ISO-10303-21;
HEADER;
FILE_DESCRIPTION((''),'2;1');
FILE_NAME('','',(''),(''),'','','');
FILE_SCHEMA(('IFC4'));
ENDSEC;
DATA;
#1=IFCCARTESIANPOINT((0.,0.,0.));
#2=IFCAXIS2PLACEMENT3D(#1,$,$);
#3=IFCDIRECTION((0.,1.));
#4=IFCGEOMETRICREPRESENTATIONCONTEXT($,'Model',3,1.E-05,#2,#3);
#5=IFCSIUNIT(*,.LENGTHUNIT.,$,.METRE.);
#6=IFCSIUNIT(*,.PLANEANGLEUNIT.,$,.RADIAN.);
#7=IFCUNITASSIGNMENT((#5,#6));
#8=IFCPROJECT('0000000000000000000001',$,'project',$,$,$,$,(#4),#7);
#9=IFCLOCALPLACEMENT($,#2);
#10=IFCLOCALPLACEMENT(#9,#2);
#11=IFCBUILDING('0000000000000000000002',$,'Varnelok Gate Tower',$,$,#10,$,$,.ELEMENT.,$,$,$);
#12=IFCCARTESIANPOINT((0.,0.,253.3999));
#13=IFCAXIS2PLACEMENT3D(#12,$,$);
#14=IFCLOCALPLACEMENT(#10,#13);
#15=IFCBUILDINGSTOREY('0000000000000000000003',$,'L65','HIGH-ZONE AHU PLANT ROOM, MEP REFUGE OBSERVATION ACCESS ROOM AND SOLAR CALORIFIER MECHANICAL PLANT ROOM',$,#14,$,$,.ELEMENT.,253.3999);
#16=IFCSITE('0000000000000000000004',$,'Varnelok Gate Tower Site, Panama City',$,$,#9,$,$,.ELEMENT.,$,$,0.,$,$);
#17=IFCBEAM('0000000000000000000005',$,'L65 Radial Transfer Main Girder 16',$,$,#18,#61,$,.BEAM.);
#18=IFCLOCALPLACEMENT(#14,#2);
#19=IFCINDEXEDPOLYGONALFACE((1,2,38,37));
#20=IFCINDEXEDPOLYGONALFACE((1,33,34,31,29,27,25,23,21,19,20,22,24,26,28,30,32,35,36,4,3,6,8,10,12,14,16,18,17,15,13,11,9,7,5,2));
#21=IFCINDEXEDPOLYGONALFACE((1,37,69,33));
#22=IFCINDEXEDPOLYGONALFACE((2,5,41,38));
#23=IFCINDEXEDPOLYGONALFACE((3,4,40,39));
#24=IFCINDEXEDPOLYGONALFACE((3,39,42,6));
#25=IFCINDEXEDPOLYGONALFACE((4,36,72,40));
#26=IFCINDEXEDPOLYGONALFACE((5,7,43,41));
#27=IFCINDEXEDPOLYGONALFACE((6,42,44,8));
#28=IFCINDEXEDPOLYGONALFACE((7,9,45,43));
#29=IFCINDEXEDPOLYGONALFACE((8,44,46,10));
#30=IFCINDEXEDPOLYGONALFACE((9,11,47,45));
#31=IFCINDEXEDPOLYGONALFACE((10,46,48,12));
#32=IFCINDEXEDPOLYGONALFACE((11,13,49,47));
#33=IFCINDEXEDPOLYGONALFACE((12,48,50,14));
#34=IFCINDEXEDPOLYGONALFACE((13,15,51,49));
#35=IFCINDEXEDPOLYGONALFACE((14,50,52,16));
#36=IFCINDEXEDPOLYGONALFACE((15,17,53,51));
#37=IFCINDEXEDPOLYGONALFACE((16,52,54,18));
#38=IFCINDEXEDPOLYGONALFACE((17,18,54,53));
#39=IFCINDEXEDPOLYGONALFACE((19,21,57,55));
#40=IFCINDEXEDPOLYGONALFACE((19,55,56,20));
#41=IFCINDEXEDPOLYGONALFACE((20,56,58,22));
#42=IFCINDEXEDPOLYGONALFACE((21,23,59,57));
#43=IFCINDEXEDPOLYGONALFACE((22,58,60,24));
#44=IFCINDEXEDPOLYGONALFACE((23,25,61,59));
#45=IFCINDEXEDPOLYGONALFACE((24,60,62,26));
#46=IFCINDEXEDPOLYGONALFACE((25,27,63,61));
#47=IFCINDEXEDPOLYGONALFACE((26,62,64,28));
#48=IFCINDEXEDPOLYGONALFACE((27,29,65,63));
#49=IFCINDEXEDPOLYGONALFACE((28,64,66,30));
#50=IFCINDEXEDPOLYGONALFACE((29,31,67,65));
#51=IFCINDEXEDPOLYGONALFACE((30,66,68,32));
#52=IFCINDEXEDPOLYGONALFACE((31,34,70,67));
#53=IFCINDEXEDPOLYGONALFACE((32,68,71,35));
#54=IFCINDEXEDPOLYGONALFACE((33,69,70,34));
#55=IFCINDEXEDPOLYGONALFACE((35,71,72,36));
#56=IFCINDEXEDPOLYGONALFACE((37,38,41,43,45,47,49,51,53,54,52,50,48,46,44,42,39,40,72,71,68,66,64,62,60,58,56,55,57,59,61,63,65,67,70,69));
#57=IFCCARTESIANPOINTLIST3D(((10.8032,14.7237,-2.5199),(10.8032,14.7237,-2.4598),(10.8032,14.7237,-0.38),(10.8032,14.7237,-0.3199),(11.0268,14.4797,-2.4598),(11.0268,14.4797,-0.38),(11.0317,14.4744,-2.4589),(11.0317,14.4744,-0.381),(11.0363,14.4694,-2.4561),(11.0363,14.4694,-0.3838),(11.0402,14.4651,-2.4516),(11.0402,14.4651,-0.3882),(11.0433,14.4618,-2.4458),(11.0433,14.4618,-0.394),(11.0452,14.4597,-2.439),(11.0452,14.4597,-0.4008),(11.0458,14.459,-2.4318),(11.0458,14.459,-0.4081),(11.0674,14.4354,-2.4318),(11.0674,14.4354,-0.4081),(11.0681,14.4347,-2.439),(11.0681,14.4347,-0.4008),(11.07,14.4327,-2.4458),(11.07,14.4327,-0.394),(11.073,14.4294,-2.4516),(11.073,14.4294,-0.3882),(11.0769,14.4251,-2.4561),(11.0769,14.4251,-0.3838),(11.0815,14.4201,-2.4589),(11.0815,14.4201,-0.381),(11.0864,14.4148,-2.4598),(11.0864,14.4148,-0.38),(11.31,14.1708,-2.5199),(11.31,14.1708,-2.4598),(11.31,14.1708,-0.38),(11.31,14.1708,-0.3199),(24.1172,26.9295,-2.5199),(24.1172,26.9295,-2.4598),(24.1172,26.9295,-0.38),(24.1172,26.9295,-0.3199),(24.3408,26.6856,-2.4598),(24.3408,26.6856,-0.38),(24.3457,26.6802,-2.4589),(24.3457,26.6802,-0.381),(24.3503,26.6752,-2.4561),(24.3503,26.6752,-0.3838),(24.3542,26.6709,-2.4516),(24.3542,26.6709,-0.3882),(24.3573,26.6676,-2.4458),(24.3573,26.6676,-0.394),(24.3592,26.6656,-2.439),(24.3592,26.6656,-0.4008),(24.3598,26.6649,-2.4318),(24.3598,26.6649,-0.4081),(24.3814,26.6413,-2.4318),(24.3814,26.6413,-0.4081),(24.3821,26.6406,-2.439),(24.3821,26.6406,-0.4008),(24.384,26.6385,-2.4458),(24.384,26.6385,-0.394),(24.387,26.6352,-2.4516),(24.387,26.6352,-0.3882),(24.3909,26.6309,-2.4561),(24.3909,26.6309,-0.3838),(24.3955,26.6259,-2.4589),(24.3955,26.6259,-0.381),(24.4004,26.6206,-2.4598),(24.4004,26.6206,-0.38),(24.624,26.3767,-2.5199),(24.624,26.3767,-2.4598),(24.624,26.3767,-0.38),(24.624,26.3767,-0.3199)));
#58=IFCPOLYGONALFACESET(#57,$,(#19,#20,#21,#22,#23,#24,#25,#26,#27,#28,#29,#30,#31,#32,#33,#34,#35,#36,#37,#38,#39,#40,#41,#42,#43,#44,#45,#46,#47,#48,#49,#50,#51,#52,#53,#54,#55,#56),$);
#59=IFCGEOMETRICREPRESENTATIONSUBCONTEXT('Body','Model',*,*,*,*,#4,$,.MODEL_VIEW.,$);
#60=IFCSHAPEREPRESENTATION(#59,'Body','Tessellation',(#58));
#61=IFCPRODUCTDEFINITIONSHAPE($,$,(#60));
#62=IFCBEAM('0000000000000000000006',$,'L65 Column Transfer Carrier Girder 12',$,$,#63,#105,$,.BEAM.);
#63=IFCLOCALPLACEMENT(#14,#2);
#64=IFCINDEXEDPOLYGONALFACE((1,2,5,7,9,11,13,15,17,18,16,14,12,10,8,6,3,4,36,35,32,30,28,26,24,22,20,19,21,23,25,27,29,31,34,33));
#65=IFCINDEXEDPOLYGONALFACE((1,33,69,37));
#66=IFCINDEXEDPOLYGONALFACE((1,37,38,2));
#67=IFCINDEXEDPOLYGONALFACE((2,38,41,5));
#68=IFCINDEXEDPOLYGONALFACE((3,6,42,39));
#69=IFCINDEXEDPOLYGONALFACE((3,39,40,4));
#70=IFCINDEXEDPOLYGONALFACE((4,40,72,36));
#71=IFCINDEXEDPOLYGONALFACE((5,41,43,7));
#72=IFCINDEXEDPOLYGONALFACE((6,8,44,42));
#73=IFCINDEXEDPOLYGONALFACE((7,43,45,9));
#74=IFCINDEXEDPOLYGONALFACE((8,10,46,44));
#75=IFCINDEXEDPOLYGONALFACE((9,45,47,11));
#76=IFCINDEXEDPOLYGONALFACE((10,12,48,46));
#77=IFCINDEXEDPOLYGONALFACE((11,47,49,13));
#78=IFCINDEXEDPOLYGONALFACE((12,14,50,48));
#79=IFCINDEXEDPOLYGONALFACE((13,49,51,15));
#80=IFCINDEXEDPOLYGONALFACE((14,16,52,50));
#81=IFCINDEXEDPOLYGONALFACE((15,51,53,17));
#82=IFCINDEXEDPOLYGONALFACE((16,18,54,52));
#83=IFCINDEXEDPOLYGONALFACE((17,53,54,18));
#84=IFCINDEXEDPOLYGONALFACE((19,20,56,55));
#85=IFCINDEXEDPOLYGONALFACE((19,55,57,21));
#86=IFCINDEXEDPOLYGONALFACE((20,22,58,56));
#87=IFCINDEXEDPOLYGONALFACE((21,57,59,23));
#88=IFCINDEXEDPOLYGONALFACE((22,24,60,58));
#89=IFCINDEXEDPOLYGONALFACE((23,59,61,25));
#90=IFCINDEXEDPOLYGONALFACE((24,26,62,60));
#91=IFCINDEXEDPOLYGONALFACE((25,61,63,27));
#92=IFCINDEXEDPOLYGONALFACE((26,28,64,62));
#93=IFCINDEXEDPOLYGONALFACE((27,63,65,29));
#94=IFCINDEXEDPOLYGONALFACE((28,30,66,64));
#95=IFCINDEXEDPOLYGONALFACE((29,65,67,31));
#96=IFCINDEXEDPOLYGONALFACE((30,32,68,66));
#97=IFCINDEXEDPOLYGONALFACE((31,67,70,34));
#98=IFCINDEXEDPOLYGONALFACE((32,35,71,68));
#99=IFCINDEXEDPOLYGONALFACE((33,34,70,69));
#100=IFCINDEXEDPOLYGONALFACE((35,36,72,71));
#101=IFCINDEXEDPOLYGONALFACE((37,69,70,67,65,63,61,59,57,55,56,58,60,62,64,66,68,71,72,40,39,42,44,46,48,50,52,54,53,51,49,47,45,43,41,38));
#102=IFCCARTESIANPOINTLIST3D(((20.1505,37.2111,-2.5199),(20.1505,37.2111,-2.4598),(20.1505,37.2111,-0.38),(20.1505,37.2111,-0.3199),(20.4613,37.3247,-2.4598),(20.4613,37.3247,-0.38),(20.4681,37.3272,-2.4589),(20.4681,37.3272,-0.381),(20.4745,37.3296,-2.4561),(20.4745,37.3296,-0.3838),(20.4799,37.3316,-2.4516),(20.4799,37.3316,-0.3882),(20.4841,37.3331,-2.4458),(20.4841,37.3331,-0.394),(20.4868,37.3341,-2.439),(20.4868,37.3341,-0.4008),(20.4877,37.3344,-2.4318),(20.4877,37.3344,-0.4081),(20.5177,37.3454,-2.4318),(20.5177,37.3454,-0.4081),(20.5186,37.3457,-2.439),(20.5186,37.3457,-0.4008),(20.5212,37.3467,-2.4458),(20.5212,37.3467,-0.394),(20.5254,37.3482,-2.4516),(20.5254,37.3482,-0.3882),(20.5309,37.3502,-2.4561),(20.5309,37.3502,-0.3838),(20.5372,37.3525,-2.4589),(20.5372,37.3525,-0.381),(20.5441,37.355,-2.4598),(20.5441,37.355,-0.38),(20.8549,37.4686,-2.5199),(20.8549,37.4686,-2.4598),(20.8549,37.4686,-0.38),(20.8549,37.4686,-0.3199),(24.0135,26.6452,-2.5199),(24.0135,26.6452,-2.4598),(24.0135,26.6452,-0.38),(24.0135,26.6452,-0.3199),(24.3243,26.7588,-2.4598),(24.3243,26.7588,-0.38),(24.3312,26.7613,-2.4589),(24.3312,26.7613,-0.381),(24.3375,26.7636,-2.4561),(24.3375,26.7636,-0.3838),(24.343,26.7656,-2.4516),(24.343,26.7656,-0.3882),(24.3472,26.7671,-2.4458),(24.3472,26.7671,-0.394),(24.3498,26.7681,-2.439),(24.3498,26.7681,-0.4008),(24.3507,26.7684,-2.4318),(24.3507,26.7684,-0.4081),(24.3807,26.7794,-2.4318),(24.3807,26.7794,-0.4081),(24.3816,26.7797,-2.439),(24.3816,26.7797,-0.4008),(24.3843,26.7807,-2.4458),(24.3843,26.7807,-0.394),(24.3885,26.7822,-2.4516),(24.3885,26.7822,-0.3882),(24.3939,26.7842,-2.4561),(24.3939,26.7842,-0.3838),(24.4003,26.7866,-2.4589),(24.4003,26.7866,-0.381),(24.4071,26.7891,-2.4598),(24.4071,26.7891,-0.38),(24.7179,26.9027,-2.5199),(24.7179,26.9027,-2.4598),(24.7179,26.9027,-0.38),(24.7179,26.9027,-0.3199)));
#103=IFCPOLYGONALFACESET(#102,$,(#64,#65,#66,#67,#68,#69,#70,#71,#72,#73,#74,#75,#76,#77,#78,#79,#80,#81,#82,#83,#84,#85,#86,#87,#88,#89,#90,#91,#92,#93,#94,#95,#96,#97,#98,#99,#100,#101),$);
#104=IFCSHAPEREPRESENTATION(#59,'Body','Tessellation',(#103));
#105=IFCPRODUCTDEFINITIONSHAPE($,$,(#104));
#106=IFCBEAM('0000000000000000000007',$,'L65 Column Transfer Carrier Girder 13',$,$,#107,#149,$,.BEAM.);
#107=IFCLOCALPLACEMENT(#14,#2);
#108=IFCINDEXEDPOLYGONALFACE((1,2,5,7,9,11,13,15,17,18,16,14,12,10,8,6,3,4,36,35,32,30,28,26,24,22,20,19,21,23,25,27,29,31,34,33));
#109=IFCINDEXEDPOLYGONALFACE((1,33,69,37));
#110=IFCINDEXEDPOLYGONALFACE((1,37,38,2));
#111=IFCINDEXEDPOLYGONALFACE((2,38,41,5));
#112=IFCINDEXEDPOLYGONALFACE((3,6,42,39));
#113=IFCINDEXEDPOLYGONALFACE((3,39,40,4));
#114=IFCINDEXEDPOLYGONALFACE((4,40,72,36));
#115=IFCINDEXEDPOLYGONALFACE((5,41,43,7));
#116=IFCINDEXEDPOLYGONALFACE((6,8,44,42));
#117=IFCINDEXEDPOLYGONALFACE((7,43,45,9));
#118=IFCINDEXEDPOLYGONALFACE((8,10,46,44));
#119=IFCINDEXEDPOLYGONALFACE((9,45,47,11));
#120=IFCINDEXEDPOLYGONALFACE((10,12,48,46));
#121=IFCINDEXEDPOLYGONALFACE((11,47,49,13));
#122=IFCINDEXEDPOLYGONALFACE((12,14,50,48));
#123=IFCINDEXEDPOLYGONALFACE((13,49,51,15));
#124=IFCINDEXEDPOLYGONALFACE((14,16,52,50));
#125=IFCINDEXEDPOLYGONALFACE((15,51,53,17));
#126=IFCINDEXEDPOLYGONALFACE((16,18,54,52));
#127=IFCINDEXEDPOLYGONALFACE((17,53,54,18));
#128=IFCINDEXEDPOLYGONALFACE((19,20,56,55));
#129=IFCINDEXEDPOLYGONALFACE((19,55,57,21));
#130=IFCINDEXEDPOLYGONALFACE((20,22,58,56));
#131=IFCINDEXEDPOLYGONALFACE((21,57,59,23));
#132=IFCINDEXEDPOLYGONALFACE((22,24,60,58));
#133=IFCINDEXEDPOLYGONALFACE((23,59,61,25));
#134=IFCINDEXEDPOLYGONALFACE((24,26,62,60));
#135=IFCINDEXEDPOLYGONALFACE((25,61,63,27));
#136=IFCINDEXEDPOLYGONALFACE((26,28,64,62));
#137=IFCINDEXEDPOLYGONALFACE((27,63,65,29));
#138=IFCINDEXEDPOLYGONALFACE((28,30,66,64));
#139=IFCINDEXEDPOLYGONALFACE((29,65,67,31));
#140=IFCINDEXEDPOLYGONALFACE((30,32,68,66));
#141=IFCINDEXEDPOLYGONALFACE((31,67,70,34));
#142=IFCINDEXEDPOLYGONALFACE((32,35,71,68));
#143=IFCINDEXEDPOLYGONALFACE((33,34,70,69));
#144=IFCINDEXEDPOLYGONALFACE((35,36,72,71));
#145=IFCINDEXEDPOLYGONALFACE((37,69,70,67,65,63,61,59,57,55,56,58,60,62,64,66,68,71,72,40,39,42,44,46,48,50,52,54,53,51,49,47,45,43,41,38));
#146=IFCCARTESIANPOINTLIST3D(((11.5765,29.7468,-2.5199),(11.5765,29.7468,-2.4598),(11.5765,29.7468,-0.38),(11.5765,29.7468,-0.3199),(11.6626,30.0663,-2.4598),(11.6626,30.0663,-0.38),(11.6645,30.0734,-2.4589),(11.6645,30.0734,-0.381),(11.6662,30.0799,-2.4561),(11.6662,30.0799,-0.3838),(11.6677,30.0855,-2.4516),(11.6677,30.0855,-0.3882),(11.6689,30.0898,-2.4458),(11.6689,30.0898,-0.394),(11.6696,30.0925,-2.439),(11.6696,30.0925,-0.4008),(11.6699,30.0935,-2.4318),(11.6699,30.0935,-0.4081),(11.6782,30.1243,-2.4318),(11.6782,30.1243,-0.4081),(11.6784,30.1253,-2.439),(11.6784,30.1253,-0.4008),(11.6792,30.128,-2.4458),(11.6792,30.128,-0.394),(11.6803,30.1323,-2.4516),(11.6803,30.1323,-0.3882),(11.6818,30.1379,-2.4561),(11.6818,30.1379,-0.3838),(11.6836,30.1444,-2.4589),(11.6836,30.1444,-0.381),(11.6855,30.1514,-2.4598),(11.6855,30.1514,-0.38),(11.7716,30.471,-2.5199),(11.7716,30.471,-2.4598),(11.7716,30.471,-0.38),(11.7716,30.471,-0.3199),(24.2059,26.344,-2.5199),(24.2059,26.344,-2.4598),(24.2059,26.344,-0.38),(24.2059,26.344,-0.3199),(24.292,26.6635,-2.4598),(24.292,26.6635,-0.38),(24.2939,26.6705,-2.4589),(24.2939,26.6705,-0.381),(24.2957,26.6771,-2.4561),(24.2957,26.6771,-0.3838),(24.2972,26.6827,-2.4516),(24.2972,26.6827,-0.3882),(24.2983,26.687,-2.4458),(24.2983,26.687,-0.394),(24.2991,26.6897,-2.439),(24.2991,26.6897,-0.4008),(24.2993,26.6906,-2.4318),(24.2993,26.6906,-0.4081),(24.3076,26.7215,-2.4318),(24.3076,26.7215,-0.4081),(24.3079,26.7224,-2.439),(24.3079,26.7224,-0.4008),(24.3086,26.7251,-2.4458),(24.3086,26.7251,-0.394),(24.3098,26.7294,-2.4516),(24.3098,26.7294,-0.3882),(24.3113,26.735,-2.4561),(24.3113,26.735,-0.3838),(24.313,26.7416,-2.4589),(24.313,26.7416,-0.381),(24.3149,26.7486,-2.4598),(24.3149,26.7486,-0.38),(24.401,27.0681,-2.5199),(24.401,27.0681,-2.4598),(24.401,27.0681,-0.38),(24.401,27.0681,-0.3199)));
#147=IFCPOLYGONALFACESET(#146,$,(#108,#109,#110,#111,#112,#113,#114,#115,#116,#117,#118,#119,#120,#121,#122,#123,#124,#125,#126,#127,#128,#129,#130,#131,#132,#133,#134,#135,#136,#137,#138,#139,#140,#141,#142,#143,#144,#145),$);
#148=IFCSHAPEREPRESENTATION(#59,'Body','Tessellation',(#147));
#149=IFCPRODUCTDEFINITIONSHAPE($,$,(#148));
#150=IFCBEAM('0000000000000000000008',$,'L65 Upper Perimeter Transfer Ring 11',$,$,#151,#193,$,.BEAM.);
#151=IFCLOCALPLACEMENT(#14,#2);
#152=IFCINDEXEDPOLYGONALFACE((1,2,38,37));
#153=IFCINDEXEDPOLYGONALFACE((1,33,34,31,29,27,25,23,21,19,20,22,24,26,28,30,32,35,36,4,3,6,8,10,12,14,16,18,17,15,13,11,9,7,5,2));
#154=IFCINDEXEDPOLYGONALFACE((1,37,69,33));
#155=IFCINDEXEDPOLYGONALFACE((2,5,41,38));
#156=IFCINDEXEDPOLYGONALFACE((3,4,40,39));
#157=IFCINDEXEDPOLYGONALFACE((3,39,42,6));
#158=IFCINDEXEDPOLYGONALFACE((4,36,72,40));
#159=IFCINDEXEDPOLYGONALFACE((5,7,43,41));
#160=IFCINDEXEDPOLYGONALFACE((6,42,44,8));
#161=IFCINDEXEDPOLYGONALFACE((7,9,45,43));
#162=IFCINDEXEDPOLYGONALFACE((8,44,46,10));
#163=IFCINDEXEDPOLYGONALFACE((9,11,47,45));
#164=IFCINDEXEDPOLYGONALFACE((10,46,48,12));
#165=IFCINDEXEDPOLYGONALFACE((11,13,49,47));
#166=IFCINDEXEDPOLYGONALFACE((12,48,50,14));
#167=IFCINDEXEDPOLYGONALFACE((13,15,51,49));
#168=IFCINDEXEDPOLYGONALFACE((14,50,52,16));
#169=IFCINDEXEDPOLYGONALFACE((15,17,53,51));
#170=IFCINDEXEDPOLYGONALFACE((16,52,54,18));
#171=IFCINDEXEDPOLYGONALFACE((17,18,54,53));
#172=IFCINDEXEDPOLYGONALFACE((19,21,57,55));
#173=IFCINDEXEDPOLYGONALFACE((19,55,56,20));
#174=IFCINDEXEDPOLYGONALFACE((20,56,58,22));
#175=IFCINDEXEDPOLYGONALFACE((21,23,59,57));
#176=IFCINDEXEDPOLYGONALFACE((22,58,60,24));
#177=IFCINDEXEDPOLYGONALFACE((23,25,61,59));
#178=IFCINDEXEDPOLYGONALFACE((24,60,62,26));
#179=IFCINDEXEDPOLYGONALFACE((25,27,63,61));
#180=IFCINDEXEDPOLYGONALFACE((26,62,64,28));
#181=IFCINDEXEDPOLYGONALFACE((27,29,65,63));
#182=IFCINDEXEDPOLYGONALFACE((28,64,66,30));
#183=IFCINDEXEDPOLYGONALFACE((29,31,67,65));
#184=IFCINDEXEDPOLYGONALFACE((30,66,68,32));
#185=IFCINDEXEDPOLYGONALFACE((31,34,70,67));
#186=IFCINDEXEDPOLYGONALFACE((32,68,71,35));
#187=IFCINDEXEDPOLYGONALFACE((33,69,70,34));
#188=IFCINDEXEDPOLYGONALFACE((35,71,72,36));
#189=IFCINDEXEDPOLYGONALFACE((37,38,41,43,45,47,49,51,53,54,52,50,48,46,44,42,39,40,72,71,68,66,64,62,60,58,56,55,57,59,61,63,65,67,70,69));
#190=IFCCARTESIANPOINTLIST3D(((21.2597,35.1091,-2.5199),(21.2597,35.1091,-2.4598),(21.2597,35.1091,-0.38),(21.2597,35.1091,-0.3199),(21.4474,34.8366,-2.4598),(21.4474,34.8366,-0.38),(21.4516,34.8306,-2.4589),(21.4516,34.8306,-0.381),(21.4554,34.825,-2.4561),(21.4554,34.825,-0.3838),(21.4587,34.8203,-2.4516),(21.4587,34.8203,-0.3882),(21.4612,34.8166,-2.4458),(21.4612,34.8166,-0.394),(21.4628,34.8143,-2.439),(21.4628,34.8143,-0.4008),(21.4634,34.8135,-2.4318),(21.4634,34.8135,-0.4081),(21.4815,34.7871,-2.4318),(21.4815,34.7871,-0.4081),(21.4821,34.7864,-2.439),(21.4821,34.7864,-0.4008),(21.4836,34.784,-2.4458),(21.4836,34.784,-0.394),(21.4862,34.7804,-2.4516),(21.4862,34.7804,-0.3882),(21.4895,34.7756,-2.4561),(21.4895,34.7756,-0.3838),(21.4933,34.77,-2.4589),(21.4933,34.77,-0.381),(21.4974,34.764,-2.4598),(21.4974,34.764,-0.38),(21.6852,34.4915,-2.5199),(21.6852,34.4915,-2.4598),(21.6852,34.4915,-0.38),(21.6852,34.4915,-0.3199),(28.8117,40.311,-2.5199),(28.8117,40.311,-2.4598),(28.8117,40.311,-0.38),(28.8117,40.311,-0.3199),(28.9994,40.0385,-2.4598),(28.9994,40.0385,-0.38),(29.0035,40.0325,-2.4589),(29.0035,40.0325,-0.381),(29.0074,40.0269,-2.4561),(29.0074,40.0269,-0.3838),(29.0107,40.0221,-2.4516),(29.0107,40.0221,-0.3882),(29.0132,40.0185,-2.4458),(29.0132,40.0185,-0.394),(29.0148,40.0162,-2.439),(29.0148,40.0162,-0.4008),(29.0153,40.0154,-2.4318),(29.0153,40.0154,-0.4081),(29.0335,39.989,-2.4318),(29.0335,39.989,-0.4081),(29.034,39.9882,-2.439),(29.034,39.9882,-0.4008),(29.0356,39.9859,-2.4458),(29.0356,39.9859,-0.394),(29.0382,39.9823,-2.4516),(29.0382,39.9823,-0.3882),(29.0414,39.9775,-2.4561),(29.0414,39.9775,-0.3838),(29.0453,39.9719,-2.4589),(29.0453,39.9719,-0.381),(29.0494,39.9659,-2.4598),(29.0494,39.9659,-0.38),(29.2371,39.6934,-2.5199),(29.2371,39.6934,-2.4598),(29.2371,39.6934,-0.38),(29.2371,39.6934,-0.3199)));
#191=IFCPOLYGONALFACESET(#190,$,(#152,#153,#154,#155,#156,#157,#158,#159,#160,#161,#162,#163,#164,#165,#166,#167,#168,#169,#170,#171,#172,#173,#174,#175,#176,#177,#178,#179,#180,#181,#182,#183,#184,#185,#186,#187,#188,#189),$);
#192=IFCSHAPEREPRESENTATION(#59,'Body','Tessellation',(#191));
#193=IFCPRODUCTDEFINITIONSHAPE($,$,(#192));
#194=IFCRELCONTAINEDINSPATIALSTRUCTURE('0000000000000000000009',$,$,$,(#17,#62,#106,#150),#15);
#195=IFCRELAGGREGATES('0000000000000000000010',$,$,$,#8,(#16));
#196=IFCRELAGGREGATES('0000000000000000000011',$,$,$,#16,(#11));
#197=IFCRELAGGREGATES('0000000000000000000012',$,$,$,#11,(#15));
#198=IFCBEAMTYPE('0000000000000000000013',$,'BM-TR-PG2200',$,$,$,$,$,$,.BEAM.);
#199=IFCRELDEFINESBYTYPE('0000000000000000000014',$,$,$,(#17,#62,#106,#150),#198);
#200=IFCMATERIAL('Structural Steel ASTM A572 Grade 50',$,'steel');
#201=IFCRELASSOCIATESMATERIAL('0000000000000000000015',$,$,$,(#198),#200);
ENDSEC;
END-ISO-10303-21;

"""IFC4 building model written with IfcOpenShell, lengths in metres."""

from ifc_helpers import new_model, si_unit, direction, frame, origin, origin_2d, place, context, subcontext, project, spatial, i_section, extrude, material, material_profile, profile_set, type_object, element, save


model = new_model("IFC4")

# Units and contexts
model_context = context("Model", 3, precision=1e-05, world=origin(), true_north=direction((0.0, 1.0)))
body_context = subcontext(model_context, "Body", "Model", "MODEL_VIEW")
ifc_project = project(units=[si_unit("LENGTHUNIT", "METRE"), si_unit("PLANEANGLEUNIT", "RADIAN")], contexts=[model_context])

# Site, building, storey
site_placement = place(None, origin())
site = spatial("IfcSite", under=ifc_project, at=site_placement, Name="Varnelok Gate Tower Site, Panama City", CompositionType="ELEMENT", RefElevation=0.0)
building_placement = place(site_placement, origin())
building = spatial("IfcBuilding", under=site, at=building_placement, Name="Varnelok Gate Tower", CompositionType="ELEMENT")
storey_placement = place(building_placement, frame((0.0, 0.0, 253.3999)))
storey = spatial("IfcBuildingStorey", under=building, at=storey_placement, Name="L65", Description="HIGH-ZONE AHU PLANT ROOM, MEP REFUGE OBSERVATION ACCESS ROOM AND SOLAR CALORIFIER MECHANICAL PLANT ROOM", CompositionType="ELEMENT", Elevation=253.3999)

# Beams
ifc_material_1 = material(Name="Structural Steel ASTM A572 Grade 50", Category="steel")
ifc_material_profile_1 = material_profile(ifc_material_1, i_section(OverallWidth=0.75, OverallDepth=2.2, WebThickness=0.032, FlangeThickness=0.0601, FilletRadius=0.0281, at=origin_2d()), Name="PG2200X750")
ifc_profile_set_1 = profile_set([ifc_material_profile_1], Name="Structural Steel ASTM A572 Grade 50")
beam_type_1 = type_object("IfcBeamType", Name="BM-TR-PG2200", PredefinedType="BEAM", material=ifc_profile_set_1)
beam_1_placement = place(storey_placement, frame((24.3706, 26.6531, -1.4199), z_axis=(-0.737117, -0.675765, 0.0), x_axis=(0.675765, -0.737117, 0.0)))
element("IfcBeam", 1, at=beam_1_placement, inside=storey, type_object=beam_type_1, Name="L65 Radial Transfer Main Girder 16", PredefinedType="BEAM", context=body_context, shape_type="SweptSolid", body=[
    extrude(i_section(OverallWidth=0.75, OverallDepth=2.2, WebThickness=0.032, FlangeThickness=0.0601, FilletRadius=0.0281, at=origin_2d()), origin(), (0.0, 0.0, 1.0), 18.0623),
])
beam_2_placement = place(storey_placement, frame((24.3657, 26.7739, -1.4199), z_axis=(-0.343382, 0.939196, 0.0), x_axis=(-0.939196, -0.343382, 0.0)))
element("IfcBeam", 2, at=beam_2_placement, inside=storey, type_object=beam_type_1, Name="L65 Column Transfer Carrier Girder 12", PredefinedType="BEAM", context=body_context, shape_type="SweptSolid", body=[
    extrude(i_section(OverallWidth=0.75, OverallDepth=2.2, WebThickness=0.032, FlangeThickness=0.0601, FilletRadius=0.0281, at=origin_2d()), origin(), (0.0, 0.0, 1.0), 11.25),
])
beam_3_placement = place(storey_placement, frame((24.3035, 26.7061, -1.4199), z_axis=(-0.965566, 0.26016, 0.0), x_axis=(-0.26016, -0.965566, 0.0)))
element("IfcBeam", 3, at=beam_3_placement, inside=storey, type_object=beam_type_1, Name="L65 Column Transfer Carrier Girder 13", PredefinedType="BEAM", context=body_context, shape_type="SweptSolid", body=[
    extrude(i_section(OverallWidth=0.75, OverallDepth=2.2, WebThickness=0.032, FlangeThickness=0.0601, FilletRadius=0.0281, at=origin_2d()), origin(), (0.0, 0.0, 1.0), 13.0798),
])
for number, where, z_axis, x_axis, name in (
    (4, (29.0244, 40.0022, -1.4199), (-0.823537, -0.567262, 0.0), (0.567262, -0.823537, 0.0), "L65 Upper Perimeter Transfer Ring 11"),
):
    element("IfcBeam", number, at=place(storey_placement, frame(where, z_axis=z_axis, x_axis=x_axis)), inside=storey, type_object=beam_type_1, Name=name, PredefinedType="BEAM", context=body_context, shape_type="SweptSolid", body=[
        extrude(i_section(OverallWidth=0.75, OverallDepth=2.2, WebThickness=0.032, FlangeThickness=0.0601, FilletRadius=0.0281, at=origin_2d()), origin(), (0.0, 0.0, 1.0), 9.1702),
    ])

save(model, "model.ifc")
